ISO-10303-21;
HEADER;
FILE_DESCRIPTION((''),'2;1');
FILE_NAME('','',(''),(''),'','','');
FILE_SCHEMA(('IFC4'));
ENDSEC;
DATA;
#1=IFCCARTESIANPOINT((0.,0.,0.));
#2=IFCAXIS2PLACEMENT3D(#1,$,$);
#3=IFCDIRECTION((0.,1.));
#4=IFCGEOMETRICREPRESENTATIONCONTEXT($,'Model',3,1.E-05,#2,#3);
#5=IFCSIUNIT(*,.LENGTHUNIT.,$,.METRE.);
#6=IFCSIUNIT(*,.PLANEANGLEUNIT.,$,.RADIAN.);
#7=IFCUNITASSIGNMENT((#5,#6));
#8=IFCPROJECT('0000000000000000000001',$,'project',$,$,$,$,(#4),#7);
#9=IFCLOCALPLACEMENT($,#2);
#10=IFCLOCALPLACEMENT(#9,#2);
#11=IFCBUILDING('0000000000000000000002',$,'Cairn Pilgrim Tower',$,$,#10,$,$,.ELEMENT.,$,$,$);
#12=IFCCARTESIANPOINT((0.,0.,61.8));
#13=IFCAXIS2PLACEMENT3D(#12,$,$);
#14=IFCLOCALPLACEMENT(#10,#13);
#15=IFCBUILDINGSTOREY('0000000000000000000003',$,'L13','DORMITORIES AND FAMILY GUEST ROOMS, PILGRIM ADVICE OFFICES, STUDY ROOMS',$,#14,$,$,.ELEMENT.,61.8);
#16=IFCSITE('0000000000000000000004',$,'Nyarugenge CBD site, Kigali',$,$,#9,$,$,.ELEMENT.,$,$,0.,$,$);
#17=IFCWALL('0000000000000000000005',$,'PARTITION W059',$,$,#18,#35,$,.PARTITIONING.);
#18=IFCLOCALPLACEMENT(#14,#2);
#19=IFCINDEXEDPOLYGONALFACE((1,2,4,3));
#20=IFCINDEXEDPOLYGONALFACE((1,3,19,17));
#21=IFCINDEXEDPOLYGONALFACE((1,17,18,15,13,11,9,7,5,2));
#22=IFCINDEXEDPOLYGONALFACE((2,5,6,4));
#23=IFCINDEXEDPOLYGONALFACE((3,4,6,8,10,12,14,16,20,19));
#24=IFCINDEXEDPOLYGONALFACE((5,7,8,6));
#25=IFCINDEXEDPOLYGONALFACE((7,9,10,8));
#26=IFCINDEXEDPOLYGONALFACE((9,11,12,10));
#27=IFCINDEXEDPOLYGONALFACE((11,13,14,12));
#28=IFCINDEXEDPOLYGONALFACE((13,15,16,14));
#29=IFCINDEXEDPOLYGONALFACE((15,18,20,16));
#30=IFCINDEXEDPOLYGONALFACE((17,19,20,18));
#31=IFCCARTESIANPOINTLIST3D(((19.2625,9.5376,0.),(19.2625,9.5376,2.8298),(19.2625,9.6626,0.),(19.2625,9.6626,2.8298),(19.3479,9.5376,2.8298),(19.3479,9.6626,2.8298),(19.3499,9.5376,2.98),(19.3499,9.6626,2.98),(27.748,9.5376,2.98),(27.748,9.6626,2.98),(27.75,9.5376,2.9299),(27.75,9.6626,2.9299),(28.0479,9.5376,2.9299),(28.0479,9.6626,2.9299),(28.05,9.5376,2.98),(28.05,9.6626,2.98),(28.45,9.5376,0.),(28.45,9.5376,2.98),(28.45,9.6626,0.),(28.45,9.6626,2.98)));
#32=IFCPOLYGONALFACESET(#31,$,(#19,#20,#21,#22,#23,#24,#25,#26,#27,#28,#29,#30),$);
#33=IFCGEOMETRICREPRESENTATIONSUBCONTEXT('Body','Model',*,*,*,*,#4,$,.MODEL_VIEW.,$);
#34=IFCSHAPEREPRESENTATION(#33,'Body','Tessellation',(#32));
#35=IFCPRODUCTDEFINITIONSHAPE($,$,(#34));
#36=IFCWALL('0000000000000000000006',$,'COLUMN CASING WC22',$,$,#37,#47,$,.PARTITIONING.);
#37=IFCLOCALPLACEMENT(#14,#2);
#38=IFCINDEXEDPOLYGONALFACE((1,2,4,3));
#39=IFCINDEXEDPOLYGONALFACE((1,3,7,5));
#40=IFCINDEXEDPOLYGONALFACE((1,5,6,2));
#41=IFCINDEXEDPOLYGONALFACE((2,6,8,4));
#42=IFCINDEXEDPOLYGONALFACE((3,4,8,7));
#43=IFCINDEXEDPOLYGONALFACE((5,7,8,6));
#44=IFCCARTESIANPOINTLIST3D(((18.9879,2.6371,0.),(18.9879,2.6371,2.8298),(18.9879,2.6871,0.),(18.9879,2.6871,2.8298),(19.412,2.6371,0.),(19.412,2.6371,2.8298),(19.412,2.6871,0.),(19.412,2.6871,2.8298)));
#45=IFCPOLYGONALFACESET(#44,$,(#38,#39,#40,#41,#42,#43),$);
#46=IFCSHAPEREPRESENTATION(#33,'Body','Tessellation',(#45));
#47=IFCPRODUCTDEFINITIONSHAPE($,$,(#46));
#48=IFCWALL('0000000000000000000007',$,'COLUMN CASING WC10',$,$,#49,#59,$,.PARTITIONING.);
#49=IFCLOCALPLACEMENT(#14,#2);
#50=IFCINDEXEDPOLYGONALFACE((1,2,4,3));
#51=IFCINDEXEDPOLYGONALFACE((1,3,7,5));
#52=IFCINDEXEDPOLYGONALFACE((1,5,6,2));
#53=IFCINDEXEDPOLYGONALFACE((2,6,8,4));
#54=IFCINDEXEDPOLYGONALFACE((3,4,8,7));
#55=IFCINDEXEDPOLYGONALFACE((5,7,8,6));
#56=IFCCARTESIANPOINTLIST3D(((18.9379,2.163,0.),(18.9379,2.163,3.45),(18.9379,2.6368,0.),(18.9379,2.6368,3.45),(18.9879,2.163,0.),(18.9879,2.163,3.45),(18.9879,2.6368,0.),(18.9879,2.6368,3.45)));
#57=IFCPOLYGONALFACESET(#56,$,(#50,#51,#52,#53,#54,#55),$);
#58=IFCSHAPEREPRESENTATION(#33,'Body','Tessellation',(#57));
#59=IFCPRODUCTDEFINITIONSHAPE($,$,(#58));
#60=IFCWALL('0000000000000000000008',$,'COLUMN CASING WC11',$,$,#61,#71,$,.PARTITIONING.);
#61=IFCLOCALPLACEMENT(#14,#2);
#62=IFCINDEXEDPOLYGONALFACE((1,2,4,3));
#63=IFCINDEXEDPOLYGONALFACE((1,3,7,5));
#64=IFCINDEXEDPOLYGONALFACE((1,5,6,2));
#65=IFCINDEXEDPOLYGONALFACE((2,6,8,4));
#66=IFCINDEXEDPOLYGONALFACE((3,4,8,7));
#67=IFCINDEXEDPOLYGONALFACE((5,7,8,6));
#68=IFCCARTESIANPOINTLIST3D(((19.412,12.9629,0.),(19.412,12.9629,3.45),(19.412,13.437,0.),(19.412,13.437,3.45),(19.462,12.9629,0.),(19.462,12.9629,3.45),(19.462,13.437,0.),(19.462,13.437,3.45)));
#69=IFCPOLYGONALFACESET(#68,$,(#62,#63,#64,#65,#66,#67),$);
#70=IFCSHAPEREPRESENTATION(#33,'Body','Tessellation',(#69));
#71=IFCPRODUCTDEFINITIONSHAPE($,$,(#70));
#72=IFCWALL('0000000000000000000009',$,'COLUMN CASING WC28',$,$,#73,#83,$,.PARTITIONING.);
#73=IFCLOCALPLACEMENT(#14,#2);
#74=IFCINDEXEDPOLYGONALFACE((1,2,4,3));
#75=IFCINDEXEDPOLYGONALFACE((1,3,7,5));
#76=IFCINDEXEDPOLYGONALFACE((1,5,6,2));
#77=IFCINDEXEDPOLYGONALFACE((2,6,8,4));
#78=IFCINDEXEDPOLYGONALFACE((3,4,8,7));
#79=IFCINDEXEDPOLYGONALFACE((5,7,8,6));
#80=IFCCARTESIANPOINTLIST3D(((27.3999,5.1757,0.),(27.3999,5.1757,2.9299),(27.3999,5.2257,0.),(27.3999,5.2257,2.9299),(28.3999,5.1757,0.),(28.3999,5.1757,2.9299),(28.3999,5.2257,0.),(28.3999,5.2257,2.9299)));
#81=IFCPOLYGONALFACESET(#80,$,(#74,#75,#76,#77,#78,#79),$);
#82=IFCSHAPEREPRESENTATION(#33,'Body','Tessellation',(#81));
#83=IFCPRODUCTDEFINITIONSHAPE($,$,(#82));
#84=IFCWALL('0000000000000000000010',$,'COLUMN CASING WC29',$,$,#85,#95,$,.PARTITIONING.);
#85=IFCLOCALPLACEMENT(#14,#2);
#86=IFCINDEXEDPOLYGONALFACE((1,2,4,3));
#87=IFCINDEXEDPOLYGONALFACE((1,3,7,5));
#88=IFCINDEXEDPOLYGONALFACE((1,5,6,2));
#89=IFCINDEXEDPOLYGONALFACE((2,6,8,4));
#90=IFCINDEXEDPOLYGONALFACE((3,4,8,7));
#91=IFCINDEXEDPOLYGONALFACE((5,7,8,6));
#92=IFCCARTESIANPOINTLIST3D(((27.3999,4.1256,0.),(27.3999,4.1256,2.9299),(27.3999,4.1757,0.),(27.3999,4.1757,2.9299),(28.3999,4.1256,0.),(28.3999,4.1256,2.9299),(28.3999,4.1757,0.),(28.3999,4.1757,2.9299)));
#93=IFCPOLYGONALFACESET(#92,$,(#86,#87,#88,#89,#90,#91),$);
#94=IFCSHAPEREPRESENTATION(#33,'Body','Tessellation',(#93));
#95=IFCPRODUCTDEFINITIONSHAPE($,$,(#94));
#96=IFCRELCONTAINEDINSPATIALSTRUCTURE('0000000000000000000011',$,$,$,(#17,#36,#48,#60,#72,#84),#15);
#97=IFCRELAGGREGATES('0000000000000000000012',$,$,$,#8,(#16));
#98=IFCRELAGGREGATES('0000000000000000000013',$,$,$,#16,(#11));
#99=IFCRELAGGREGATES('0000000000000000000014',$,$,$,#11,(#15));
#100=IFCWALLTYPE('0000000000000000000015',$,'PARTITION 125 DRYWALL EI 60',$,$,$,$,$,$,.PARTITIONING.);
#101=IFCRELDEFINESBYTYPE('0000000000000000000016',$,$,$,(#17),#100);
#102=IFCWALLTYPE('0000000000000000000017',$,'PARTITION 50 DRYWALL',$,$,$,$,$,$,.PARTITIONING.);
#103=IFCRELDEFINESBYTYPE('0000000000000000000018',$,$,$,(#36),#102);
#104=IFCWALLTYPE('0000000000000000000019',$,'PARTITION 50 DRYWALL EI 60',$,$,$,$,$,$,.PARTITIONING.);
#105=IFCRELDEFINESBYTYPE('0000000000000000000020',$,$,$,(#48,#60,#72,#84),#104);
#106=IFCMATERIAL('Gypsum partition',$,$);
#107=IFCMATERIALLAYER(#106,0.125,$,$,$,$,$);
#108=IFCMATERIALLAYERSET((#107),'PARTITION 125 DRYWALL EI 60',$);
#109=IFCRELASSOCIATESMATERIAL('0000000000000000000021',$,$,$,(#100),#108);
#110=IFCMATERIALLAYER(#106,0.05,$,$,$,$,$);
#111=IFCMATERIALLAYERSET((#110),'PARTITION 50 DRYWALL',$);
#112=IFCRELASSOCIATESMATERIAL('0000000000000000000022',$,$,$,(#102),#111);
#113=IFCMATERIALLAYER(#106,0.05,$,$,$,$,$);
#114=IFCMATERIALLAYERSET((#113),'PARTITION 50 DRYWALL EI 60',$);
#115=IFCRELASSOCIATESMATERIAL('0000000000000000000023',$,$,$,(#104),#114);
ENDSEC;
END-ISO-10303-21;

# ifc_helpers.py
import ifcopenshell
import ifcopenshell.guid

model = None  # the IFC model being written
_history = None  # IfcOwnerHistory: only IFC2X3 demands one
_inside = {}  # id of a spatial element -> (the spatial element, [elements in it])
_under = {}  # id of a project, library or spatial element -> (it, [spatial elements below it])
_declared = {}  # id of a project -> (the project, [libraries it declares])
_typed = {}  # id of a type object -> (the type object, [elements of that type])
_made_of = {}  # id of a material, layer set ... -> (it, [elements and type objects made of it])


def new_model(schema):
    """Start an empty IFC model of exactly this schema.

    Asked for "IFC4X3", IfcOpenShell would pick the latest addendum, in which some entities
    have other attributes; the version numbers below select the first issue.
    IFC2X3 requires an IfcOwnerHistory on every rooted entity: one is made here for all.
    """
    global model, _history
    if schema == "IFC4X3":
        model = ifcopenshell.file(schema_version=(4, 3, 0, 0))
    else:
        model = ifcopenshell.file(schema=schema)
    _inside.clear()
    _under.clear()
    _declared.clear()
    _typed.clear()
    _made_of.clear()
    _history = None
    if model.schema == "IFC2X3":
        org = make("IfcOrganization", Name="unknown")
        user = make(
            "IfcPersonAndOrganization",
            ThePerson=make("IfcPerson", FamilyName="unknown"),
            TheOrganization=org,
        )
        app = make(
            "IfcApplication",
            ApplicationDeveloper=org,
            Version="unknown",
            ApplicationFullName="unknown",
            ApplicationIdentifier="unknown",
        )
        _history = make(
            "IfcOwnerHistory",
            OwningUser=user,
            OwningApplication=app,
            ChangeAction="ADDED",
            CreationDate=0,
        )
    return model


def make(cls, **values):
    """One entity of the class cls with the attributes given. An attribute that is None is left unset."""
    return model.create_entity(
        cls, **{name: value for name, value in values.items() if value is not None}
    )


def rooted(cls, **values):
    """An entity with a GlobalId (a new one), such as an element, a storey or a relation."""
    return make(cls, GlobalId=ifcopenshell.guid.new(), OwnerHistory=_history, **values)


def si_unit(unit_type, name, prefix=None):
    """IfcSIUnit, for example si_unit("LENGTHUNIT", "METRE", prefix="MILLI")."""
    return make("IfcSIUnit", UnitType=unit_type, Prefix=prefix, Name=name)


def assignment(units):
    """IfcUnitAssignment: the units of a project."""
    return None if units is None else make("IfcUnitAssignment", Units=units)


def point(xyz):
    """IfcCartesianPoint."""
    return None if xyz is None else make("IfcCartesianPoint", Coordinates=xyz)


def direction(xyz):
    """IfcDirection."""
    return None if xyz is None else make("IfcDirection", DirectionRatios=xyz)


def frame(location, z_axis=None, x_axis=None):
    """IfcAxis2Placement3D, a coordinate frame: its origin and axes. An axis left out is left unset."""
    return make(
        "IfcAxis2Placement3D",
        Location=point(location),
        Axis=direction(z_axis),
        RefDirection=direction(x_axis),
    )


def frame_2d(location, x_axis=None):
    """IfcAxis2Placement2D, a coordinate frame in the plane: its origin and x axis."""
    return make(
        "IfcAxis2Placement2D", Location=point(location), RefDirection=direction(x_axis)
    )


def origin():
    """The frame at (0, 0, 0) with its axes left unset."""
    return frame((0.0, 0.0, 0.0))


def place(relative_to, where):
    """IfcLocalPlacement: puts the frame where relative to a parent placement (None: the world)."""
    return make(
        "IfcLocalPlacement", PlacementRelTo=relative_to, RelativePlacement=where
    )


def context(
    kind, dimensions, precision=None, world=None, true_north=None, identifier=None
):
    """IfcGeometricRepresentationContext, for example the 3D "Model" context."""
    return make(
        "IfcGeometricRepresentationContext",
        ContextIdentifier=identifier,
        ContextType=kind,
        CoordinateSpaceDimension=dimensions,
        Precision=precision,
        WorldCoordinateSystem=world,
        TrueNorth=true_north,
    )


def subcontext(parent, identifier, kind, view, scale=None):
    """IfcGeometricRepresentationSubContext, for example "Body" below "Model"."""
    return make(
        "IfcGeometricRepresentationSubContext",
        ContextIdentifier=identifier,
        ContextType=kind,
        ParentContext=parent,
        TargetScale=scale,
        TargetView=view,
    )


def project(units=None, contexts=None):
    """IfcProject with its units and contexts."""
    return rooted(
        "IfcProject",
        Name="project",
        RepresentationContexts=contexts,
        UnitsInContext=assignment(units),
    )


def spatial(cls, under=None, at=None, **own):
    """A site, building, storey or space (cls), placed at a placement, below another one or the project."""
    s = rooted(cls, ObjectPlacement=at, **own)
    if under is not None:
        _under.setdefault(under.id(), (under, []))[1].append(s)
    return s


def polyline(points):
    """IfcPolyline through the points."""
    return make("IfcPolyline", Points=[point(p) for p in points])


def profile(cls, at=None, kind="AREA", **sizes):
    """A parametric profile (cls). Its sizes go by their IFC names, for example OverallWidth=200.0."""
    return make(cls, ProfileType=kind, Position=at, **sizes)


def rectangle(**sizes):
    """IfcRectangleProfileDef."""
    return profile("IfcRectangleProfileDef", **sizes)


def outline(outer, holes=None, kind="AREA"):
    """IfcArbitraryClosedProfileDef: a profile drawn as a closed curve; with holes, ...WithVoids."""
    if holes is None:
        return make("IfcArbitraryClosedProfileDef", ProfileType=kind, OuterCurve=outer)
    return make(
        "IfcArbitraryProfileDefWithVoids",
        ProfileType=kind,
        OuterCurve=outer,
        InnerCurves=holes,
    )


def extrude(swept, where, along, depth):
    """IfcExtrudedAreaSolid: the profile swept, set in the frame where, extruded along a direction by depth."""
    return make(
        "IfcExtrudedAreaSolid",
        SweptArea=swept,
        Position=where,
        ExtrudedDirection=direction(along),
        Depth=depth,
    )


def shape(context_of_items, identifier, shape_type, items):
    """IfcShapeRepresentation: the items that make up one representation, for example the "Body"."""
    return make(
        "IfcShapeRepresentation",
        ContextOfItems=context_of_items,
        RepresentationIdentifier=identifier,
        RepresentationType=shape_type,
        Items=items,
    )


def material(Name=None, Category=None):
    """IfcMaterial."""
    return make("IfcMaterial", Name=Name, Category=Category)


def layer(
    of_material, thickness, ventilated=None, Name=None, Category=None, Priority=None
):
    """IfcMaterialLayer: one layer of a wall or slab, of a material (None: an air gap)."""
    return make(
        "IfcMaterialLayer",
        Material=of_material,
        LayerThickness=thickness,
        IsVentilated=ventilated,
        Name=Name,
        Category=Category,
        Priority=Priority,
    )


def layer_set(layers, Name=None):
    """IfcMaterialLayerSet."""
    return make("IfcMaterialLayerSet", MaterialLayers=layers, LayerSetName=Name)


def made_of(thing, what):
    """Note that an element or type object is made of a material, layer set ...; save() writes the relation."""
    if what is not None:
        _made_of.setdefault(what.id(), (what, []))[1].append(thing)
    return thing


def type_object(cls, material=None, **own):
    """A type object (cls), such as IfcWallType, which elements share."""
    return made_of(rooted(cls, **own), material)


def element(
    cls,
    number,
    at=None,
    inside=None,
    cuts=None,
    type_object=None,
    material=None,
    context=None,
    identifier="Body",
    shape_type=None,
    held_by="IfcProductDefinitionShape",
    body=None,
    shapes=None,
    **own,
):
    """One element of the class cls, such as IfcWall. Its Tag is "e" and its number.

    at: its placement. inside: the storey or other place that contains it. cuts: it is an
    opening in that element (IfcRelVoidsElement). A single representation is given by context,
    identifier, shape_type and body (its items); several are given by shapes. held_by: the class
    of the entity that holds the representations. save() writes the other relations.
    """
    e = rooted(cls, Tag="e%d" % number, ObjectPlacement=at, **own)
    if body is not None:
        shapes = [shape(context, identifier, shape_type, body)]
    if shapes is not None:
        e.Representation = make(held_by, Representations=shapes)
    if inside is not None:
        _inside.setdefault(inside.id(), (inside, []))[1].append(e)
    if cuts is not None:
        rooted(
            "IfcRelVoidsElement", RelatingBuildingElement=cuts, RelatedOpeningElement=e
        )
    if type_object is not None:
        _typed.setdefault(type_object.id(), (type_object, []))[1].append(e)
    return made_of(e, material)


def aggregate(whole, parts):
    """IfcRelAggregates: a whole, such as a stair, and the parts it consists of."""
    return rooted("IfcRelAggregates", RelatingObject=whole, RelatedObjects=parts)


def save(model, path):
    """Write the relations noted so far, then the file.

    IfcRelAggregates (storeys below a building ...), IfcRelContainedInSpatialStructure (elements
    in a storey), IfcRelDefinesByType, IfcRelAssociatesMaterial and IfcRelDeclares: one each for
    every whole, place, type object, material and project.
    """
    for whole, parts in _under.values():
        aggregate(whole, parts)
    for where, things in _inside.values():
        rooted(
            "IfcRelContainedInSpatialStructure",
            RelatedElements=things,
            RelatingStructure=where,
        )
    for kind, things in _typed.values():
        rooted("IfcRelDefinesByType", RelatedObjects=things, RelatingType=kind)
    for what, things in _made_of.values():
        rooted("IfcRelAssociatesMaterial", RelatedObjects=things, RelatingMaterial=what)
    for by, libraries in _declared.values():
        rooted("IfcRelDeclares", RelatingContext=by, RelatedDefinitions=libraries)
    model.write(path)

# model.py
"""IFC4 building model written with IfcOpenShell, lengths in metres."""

from ifc_helpers import new_model, si_unit, direction, frame, frame_2d, origin, place, context, subcontext, project, spatial, polyline, rectangle, outline, extrude, material, layer, layer_set, type_object, element, save


model = new_model("IFC4")

# Units and contexts
model_context = context("Model", 3, precision=1e-05, world=origin(), true_north=direction((0.0, 1.0)))
body_context = subcontext(model_context, "Body", "Model", "MODEL_VIEW")
ifc_project = project(units=[si_unit("LENGTHUNIT", "METRE"), si_unit("PLANEANGLEUNIT", "RADIAN")], contexts=[model_context])

# Site, building, storey
site_placement = place(None, origin())
site = spatial("IfcSite", under=ifc_project, at=site_placement, Name="Nyarugenge CBD site, Kigali", CompositionType="ELEMENT", RefElevation=0.0)
building_placement = place(site_placement, origin())
building = spatial("IfcBuilding", under=site, at=building_placement, Name="Cairn Pilgrim Tower", CompositionType="ELEMENT")
storey_placement = place(building_placement, frame((0.0, 0.0, 61.8)))
storey = spatial("IfcBuildingStorey", under=building, at=storey_placement, Name="L13", Description="DORMITORIES AND FAMILY GUEST ROOMS, PILGRIM ADVICE OFFICES, STUDY ROOMS", CompositionType="ELEMENT", Elevation=61.8)

# Shared definitions
ifc_material_1 = material(Name="Gypsum partition")

# Shared definitions
ifc_layer_1 = layer(ifc_material_1, 0.125)
ifc_layer_set_1 = layer_set([ifc_layer_1], Name="PARTITION 125 DRYWALL EI 60")
wall_type_1 = type_object("IfcWallType", Name="PARTITION 125 DRYWALL EI 60", PredefinedType="PARTITIONING", material=ifc_layer_set_1)

# Walls
wall_1_placement = place(storey_placement, frame((19.2625, 9.6001, 0.0), z_axis=(0.0, 0.0, 1.0), x_axis=(1.0, 0.0, 0.0)))
element("IfcWall", 1, at=wall_1_placement, inside=storey, type_object=wall_type_1, Name="PARTITION W059", PredefinedType="PARTITIONING", context=body_context, shape_type="SweptSolid", body=[
    extrude(outline(polyline([(0.0, 0.0), (9.1875, 0.0), (9.1875, 2.98), (8.7876, 2.98), (8.7854, 2.9299), (8.4875, 2.9299), (8.4856, 2.98), (0.0874, 2.98), (0.0854, 2.8298), (0.0, 2.8298), (0.0, 0.0)])), frame((0.0, 0.0625, 0.0), z_axis=(0.0, -1.0, 0.0), x_axis=(1.0, 0.0, 0.0)), (0.0, 0.0, 1.0), 0.125),
])
ifc_layer_2 = layer(ifc_material_1, 0.05)
ifc_layer_set_2 = layer_set([ifc_layer_2], Name="PARTITION 50 DRYWALL")
wall_type_2 = type_object("IfcWallType", Name="PARTITION 50 DRYWALL", PredefinedType="PARTITIONING", material=ifc_layer_set_2)
wall_2_placement = place(storey_placement, frame((18.988, 2.6621, 0.0), z_axis=(0.0, 0.0, 1.0), x_axis=(1.0, 0.0, 0.0)))
element("IfcWall", 2, at=wall_2_placement, inside=storey, type_object=wall_type_2, Name="COLUMN CASING WC22", PredefinedType="PARTITIONING", context=body_context, shape_type="SweptSolid", body=[
    extrude(rectangle(XDim=0.4241, YDim=0.05, at=frame_2d((0.2119, 0.0))), origin(), (0.0, 0.0, 1.0), 2.8298),
])
ifc_layer_3 = layer(ifc_material_1, 0.05)
ifc_layer_set_3 = layer_set([ifc_layer_3], Name="PARTITION 50 DRYWALL EI 60")
wall_type_3 = type_object("IfcWallType", Name="PARTITION 50 DRYWALL EI 60", PredefinedType="PARTITIONING", material=ifc_layer_set_3)
wall_3_placement = place(storey_placement, frame((18.9629, 2.1631, 0.0), z_axis=(0.0, 0.0, 1.0), x_axis=(0.0, 1.0, 0.0)))
element("IfcWall", 3, at=wall_3_placement, inside=storey, type_object=wall_type_3, Name="COLUMN CASING WC10", PredefinedType="PARTITIONING", context=body_context, shape_type="SweptSolid", body=[
    extrude(rectangle(XDim=0.4739, YDim=0.05, at=frame_2d((0.2368, 0.0))), origin(), (0.0, 0.0, 1.0), 3.45),
])
wall_4_placement = place(storey_placement, frame((19.437, 12.9629, 0.0), z_axis=(0.0, 0.0, 1.0), x_axis=(0.0, 1.0, 0.0)))
element("IfcWall", 4, at=wall_4_placement, inside=storey, type_object=wall_type_3, Name="COLUMN CASING WC11", PredefinedType="PARTITIONING", context=body_context, shape_type="SweptSolid", body=[
    extrude(rectangle(XDim=0.4741, YDim=0.05, at=frame_2d((0.2371, 0.0))), origin(), (0.0, 0.0, 1.0), 3.45),
])
for number, where, z_axis, x_axis, name in (
    (5, (27.3999, 5.2007, 0.0), (0.0, 0.0, 1.0), (1.0, 0.0, 0.0), "COLUMN CASING WC28"),
    (6, (27.3999, 4.1506, 0.0), (0.0, 0.0, 1.0), (1.0, 0.0, 0.0), "COLUMN CASING WC29"),
):
    element("IfcWall", number, at=place(storey_placement, frame(where, z_axis=z_axis, x_axis=x_axis)), inside=storey, type_object=wall_type_3, Name=name, PredefinedType="PARTITIONING", context=body_context, shape_type="SweptSolid", body=[
        extrude(rectangle(XDim=1.0, YDim=0.05, at=frame_2d((0.5, 0.0))), origin(), (0.0, 0.0, 1.0), 2.9299),
    ])

save(model, "model.ifc")
